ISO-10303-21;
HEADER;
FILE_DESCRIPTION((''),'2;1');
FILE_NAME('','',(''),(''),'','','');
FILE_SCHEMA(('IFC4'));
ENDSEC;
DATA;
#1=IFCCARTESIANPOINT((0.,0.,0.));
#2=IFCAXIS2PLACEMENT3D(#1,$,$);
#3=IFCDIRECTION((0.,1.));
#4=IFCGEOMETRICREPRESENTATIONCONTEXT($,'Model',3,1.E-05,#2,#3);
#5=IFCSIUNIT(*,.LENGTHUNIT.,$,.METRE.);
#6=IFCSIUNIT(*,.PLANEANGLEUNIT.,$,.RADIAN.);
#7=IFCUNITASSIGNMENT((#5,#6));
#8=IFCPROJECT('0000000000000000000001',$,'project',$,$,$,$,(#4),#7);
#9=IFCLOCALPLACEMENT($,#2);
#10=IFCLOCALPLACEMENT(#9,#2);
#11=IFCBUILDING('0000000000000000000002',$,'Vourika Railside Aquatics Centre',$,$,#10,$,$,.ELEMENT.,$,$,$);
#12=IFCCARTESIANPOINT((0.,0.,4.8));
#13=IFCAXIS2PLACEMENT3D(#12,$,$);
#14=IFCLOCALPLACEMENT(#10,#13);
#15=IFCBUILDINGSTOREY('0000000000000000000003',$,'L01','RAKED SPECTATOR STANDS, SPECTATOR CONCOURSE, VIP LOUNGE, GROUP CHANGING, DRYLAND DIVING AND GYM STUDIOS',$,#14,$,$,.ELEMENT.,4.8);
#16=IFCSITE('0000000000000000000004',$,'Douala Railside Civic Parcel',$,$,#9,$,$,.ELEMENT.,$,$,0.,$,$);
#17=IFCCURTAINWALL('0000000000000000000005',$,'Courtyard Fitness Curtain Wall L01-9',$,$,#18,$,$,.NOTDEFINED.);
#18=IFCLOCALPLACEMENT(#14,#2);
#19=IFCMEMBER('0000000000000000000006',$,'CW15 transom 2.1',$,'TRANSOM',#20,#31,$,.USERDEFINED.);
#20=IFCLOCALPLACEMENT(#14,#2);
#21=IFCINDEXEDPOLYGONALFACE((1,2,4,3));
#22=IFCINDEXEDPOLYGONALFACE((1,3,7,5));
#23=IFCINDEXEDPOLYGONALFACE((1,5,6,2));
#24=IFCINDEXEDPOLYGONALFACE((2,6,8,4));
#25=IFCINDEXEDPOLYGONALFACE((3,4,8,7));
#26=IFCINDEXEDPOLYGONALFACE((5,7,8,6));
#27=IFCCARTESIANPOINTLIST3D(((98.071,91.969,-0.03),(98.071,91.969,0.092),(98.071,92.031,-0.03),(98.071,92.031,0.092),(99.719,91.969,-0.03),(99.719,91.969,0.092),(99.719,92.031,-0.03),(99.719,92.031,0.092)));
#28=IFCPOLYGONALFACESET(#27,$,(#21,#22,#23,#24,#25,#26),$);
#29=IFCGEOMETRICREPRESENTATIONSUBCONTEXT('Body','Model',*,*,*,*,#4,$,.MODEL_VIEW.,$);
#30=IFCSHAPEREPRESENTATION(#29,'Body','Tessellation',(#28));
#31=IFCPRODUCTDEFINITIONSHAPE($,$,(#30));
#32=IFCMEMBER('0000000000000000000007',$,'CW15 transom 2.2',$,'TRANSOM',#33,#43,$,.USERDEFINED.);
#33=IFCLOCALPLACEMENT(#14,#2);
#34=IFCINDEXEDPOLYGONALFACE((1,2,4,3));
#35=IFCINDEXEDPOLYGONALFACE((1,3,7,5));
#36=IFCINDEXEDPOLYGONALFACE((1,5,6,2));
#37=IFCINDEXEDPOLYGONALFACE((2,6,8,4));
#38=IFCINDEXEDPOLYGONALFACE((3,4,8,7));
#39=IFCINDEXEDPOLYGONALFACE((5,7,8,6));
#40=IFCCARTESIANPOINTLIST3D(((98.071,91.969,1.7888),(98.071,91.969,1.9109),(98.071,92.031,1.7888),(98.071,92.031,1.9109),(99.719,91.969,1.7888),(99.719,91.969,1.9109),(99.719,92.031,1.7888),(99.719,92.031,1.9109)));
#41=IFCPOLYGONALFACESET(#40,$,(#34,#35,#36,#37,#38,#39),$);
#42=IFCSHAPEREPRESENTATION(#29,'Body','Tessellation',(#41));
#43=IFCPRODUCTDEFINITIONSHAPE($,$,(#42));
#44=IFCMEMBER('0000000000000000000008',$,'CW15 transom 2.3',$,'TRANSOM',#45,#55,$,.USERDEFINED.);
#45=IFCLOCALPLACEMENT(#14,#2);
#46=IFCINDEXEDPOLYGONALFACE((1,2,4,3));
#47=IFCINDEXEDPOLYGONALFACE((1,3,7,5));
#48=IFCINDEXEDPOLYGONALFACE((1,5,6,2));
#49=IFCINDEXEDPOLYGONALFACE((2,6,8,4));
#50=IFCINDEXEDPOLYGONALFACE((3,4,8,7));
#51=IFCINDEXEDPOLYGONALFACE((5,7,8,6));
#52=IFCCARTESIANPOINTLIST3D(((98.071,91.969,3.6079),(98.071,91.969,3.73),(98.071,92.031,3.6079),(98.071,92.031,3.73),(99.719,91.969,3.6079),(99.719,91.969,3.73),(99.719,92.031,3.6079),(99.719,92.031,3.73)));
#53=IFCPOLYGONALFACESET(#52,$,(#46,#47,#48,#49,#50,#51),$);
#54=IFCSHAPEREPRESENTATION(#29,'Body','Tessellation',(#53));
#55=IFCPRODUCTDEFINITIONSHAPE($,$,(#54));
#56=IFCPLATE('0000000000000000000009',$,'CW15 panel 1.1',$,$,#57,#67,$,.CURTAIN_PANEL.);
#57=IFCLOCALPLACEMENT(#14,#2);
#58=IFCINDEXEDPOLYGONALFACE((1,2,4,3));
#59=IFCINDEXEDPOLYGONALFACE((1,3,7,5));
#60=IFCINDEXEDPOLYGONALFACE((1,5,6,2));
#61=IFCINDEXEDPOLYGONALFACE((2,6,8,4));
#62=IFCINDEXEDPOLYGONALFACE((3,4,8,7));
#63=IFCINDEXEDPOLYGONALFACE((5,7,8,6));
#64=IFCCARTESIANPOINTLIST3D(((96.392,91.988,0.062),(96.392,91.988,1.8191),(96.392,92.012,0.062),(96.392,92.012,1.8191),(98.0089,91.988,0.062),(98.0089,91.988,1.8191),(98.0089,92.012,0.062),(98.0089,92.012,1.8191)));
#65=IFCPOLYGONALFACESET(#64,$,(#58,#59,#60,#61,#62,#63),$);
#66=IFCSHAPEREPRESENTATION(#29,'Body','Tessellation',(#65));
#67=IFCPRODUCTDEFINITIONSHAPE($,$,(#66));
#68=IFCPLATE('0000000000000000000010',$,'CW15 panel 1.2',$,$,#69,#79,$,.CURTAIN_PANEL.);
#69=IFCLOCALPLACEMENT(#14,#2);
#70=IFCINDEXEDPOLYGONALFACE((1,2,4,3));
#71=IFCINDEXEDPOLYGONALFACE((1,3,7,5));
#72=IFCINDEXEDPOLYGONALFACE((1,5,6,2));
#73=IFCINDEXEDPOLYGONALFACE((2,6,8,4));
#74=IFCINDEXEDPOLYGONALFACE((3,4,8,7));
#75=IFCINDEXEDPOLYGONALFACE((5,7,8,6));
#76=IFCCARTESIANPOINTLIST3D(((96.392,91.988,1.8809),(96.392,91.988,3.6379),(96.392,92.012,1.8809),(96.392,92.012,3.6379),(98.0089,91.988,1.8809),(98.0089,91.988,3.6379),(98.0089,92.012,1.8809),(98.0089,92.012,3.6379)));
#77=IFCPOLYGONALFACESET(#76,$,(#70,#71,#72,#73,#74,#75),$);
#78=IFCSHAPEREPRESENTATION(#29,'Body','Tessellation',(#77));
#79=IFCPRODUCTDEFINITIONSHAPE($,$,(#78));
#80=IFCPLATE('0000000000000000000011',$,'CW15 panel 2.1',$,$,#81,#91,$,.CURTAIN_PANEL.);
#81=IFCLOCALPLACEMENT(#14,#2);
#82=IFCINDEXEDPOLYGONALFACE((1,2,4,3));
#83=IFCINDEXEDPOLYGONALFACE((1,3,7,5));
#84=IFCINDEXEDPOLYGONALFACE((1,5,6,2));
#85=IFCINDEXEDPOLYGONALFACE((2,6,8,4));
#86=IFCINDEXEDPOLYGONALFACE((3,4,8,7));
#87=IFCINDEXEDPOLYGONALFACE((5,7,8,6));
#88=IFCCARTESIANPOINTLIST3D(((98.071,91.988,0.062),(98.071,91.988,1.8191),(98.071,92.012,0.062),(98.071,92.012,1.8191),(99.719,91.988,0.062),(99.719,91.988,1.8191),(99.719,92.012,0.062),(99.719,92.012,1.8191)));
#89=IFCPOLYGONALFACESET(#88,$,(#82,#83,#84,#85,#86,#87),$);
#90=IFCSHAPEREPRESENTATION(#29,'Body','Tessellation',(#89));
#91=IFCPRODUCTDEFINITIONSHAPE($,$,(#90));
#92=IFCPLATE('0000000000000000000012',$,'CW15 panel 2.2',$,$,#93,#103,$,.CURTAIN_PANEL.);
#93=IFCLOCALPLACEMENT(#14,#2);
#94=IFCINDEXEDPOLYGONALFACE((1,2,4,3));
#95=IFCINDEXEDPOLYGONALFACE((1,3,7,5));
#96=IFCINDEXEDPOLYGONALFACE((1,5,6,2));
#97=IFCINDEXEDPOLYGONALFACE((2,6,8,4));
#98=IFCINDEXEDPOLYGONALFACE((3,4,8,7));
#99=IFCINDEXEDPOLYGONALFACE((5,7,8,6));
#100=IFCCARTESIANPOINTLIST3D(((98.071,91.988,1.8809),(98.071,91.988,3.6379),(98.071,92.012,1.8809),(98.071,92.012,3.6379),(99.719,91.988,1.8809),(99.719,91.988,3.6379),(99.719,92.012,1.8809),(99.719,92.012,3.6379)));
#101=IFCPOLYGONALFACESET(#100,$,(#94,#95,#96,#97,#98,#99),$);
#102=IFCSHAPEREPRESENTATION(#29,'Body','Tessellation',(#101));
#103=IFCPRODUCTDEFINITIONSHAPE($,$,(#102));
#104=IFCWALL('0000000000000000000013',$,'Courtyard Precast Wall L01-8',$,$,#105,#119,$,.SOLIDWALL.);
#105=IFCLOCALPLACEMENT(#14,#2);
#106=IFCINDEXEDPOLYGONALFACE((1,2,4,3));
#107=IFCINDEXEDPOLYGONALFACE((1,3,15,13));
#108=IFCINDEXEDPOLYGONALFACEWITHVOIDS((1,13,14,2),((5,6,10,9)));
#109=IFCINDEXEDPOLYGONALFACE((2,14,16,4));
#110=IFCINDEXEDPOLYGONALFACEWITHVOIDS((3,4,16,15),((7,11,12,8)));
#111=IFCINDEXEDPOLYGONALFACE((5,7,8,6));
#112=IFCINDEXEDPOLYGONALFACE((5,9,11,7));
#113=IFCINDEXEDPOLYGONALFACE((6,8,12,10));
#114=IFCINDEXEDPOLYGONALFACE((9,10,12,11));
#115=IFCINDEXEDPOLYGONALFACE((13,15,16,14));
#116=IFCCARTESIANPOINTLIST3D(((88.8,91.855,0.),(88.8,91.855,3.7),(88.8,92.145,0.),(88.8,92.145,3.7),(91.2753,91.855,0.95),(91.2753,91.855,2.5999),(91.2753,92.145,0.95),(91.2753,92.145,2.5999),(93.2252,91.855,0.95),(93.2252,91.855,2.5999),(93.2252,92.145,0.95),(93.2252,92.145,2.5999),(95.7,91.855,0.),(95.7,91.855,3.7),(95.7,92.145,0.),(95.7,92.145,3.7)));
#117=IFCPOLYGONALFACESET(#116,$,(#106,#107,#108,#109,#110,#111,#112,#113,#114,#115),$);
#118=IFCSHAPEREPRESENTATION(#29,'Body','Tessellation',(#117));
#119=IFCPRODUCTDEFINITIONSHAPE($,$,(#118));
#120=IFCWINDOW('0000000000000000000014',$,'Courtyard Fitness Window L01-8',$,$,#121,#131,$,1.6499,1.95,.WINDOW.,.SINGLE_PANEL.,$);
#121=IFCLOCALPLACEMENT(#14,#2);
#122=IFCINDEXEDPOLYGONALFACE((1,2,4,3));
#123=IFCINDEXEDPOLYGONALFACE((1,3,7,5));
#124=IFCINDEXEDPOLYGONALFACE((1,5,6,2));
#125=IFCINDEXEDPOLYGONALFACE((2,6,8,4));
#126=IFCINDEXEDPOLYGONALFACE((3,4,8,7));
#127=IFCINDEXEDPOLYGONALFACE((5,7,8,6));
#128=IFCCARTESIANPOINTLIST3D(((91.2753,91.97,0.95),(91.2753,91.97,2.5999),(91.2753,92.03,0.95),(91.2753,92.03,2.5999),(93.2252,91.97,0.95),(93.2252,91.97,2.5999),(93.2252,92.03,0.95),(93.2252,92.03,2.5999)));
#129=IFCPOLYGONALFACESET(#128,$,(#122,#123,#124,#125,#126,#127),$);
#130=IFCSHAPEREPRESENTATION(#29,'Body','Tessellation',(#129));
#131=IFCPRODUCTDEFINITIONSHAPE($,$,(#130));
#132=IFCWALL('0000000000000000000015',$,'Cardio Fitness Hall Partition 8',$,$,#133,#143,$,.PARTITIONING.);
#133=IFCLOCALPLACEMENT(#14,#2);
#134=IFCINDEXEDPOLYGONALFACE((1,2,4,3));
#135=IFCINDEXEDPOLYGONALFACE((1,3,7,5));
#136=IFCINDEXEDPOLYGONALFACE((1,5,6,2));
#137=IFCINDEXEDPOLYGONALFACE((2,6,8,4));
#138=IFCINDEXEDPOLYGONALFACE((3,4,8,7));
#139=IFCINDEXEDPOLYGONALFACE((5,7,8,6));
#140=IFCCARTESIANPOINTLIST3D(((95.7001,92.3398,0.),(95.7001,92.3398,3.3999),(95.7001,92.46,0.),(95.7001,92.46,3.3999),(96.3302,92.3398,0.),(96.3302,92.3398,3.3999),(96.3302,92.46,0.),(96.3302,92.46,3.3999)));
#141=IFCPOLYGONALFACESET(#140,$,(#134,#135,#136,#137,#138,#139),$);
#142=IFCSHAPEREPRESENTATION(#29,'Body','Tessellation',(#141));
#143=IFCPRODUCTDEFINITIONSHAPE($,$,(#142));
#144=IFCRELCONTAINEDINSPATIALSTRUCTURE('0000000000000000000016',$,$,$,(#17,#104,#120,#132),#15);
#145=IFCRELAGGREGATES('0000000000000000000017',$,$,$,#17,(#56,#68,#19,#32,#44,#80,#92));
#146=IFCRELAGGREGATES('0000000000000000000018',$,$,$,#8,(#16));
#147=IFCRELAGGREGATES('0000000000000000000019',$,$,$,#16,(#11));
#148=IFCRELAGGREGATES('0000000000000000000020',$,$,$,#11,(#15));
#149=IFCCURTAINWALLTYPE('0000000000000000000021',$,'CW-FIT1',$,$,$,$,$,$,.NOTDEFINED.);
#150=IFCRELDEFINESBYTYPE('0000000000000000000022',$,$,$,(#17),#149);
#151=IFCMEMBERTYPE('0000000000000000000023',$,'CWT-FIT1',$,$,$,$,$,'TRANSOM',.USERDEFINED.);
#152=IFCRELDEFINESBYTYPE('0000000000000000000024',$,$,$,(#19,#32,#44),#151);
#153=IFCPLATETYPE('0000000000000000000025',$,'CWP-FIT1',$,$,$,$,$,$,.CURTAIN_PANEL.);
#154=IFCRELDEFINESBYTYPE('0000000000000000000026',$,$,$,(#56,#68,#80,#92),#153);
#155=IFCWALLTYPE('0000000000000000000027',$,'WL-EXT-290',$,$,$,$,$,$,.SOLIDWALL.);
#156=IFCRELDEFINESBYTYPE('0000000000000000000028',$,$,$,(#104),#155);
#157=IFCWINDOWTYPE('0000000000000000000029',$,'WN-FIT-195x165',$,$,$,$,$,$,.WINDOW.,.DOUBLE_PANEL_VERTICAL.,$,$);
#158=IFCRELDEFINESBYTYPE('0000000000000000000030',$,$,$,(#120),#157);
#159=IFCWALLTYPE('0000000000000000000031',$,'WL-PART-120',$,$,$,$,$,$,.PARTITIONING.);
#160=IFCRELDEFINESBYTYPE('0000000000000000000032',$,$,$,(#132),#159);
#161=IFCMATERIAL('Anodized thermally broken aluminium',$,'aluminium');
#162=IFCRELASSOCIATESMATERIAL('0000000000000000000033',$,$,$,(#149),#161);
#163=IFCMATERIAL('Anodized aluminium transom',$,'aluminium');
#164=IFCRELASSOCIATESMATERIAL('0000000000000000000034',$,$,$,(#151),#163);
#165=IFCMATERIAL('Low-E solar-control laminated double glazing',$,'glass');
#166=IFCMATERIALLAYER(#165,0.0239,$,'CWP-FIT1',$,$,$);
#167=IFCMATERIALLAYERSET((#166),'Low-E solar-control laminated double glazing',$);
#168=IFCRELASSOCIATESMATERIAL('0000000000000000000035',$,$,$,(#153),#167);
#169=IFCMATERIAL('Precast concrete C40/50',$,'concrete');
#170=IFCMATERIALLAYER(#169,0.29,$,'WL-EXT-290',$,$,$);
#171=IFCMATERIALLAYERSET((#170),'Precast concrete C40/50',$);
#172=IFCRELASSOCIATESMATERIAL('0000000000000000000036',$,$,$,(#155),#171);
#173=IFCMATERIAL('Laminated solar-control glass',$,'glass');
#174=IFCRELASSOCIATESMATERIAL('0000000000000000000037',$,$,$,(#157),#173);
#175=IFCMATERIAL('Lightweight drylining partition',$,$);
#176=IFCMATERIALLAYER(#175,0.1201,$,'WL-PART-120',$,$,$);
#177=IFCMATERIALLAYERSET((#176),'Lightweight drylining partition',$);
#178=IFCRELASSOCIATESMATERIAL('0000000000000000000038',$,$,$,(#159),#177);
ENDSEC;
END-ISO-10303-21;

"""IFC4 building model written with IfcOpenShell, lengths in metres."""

from ifc_helpers import new_model, si_unit, direction, frame, frame_2d, origin, origin_2d, place, context, subcontext, project, spatial, rectangle, extrude, material, layer, layer_set, material_profile, profile_set, type_object, element, fill, aggregate, save


model = new_model("IFC4")

# Units and contexts
model_context = context("Model", 3, precision=1e-05, world=origin(), true_north=direction((0.0, 1.0)))
body_context = subcontext(model_context, "Body", "Model", "MODEL_VIEW")
ifc_project = project(units=[si_unit("LENGTHUNIT", "METRE"), si_unit("PLANEANGLEUNIT", "RADIAN")], contexts=[model_context])

# Site, building, storey
site_placement = place(None, origin())
site = spatial("IfcSite", under=ifc_project, at=site_placement, Name="Douala Railside Civic Parcel", CompositionType="ELEMENT", RefElevation=0.0)
building_placement = place(site_placement, origin())
building = spatial("IfcBuilding", under=site, at=building_placement, Name="Vourika Railside Aquatics Centre", CompositionType="ELEMENT")
storey_placement = place(building_placement, frame((0.0, 0.0, 4.8)))
storey = spatial("IfcBuildingStorey", under=building, at=storey_placement, Name="L01", Description="RAKED SPECTATOR STANDS, SPECTATOR CONCOURSE, VIP LOUNGE, GROUP CHANGING, DRYLAND DIVING AND GYM STUDIOS", CompositionType="ELEMENT", Elevation=4.8)

# Curtain wall, members, plates
ifc_material_1 = material(Name="Anodized thermally broken aluminium", Category="aluminium")
curtain_wall_type = type_object("IfcCurtainWallType", Name="CW-FIT1", PredefinedType="NOTDEFINED", material=ifc_material_1)
curtain_wall_placement = place(storey_placement, origin())
curtain_wall = element("IfcCurtainWall", 1, at=curtain_wall_placement, inside=storey, type_object=curtain_wall_type, Name="Courtyard Fitness Curtain Wall L01-9", PredefinedType="NOTDEFINED")
ifc_material_2 = material(Name="Anodized aluminium transom", Category="aluminium")
ifc_material_profile_1 = material_profile(ifc_material_2, rectangle(XDim=0.062, YDim=0.1221, at=origin_2d()), Name="ALU-T 62x122")
ifc_profile_set_1 = profile_set([ifc_material_profile_1], Name="Anodized aluminium transom")
member_type_1 = type_object("IfcMemberType", Name="CWT-FIT1", ElementType="TRANSOM", PredefinedType="USERDEFINED", material=ifc_profile_set_1)
member_1_placement = place(storey_placement, frame((98.071, 92.0, 0.031), z_axis=(1.0, 0.0, 0.0), x_axis=(0.0, 1.0, 0.0)))
member_1 = element("IfcMember", 2, at=member_1_placement, type_object=member_type_1, Name="CW15 transom 2.1", ObjectType="TRANSOM", PredefinedType="USERDEFINED", context=body_context, shape_type="SweptSolid", body=[
    extrude(rectangle(XDim=0.062, YDim=0.1221, at=origin_2d()), origin(), (0.0, 0.0, 1.0), 1.6479),
])
member_2_placement = place(storey_placement, frame((98.071, 92.0, 1.8499), z_axis=(1.0, 0.0, 0.0), x_axis=(0.0, 1.0, 0.0)))
member_2 = element("IfcMember", 3, at=member_2_placement, type_object=member_type_1, Name="CW15 transom 2.2", ObjectType="TRANSOM", PredefinedType="USERDEFINED", context=body_context, shape_type="SweptSolid", body=[
    extrude(rectangle(XDim=0.062, YDim=0.1221, at=origin_2d()), origin(), (0.0, 0.0, 1.0), 1.6479),
])
member_3_placement = place(storey_placement, frame((98.071, 92.0, 3.6689), z_axis=(1.0, 0.0, 0.0), x_axis=(0.0, 1.0, 0.0)))
member_3 = element("IfcMember", 4, at=member_3_placement, type_object=member_type_1, Name="CW15 transom 2.3", ObjectType="TRANSOM", PredefinedType="USERDEFINED", context=body_context, shape_type="SweptSolid", body=[
    extrude(rectangle(XDim=0.062, YDim=0.1221, at=origin_2d()), origin(), (0.0, 0.0, 1.0), 1.6479),
])
ifc_material_3 = material(Name="Low-E solar-control laminated double glazing", Category="glass")
ifc_layer_1 = layer(ifc_material_3, 0.0239, Name="CWP-FIT1")
ifc_layer_set_1 = layer_set([ifc_layer_1], Name="Low-E solar-control laminated double glazing")
plate_type = type_object("IfcPlateType", Name="CWP-FIT1", PredefinedType="CURTAIN_PANEL", material=ifc_layer_set_1)
plate_1_placement = place(storey_placement, frame((97.2004, 92.0, 0.062), z_axis=(0.0, 0.0, 1.0), x_axis=(1.0, 0.0, 0.0)))
plate_1 = element("IfcPlate", 5, at=plate_1_placement, type_object=plate_type, Name="CW15 panel 1.1", PredefinedType="CURTAIN_PANEL", context=body_context, shape_type="SweptSolid", body=[
    extrude(rectangle(XDim=1.6169, YDim=0.0239, at=origin_2d()), origin(), (0.0, 0.0, 1.0), 1.7571),
])
plate_2_placement = place(storey_placement, frame((97.2004, 92.0, 1.8809), z_axis=(0.0, 0.0, 1.0), x_axis=(1.0, 0.0, 0.0)))
plate_2 = element("IfcPlate", 6, at=plate_2_placement, type_object=plate_type, Name="CW15 panel 1.2", PredefinedType="CURTAIN_PANEL", context=body_context, shape_type="SweptSolid", body=[
    extrude(rectangle(XDim=1.6169, YDim=0.0239, at=origin_2d()), origin(), (0.0, 0.0, 1.0), 1.7571),
])
plate_3_placement = place(storey_placement, frame((98.895, 92.0, 0.062), z_axis=(0.0, 0.0, 1.0), x_axis=(1.0, 0.0, 0.0)))
plate_3 = element("IfcPlate", 7, at=plate_3_placement, type_object=plate_type, Name="CW15 panel 2.1", PredefinedType="CURTAIN_PANEL", context=body_context, shape_type="SweptSolid", body=[
    extrude(rectangle(XDim=1.6479, YDim=0.0239, at=origin_2d()), origin(), (0.0, 0.0, 1.0), 1.7571),
])
plate_4_placement = place(storey_placement, frame((98.895, 92.0, 1.8809), z_axis=(0.0, 0.0, 1.0), x_axis=(1.0, 0.0, 0.0)))
plate_4 = element("IfcPlate", 8, at=plate_4_placement, type_object=plate_type, Name="CW15 panel 2.2", PredefinedType="CURTAIN_PANEL", context=body_context, shape_type="SweptSolid", body=[
    extrude(rectangle(XDim=1.6479, YDim=0.0239, at=origin_2d()), origin(), (0.0, 0.0, 1.0), 1.7571),
])
aggregate(curtain_wall, [plate_1, plate_2, member_1, member_2, member_3, plate_3, plate_4])

# Wall, opening, window
ifc_material_4 = material(Name="Precast concrete C40/50", Category="concrete")
ifc_layer_2 = layer(ifc_material_4, 0.29, Name="WL-EXT-290")
ifc_layer_set_2 = layer_set([ifc_layer_2], Name="Precast concrete C40/50")
wall_type_1 = type_object("IfcWallType", Name="WL-EXT-290", PredefinedType="SOLIDWALL", material=ifc_layer_set_2)
wall_placement = place(storey_placement, frame((88.8, 92.0, 0.0), z_axis=(0.0, 0.0, 1.0), x_axis=(1.0, 0.0, 0.0)))
wall = element("IfcWall", 9, at=wall_placement, inside=storey, type_object=wall_type_1, Name="Courtyard Precast Wall L01-8", PredefinedType="SOLIDWALL", context=body_context, shape_type="SweptSolid", body=[
    extrude(rectangle(XDim=6.8999, YDim=0.29, at=frame_2d((3.45, 0.0))), origin(), (0.0, 0.0, 1.0), 3.7),
])
opening_placement = place(wall_placement, frame((2.4751, 0.0, 0.95)))
opening = element("IfcOpeningElement", 10, at=opening_placement, cuts=wall, PredefinedType="OPENING", context=body_context, shape_type="SweptSolid", body=[
    extrude(rectangle(XDim=1.95, YDim=1.6499, at=frame_2d((0.9751, 0.825))), frame((0.0, 0.155, 0.0), z_axis=(0.0, -1.0, 0.0), x_axis=(1.0, 0.0, 0.0)), (0.0, 0.0, 1.0), 0.3101),
])
ifc_material_5 = material(Name="Laminated solar-control glass", Category="glass")
window_type = type_object("IfcWindowType", Name="WN-FIT-195x165", PartitioningType="DOUBLE_PANEL_VERTICAL", PredefinedType="WINDOW", material=ifc_material_5)
window_placement = place(opening_placement, origin())
window = element("IfcWindow", 11, at=window_placement, inside=storey, type_object=window_type, Name="Courtyard Fitness Window L01-8", OverallHeight=1.6499, OverallWidth=1.95, PartitioningType="SINGLE_PANEL", PredefinedType="WINDOW", context=body_context, shape_type="SweptSolid", body=[
    extrude(rectangle(XDim=1.95, YDim=1.6499, at=frame_2d((0.9751, 0.825))), frame((0.0, 0.03, 0.0), z_axis=(0.0, -1.0, 0.0), x_axis=(1.0, 0.0, 0.0)), (0.0, 0.0, 1.0), 0.0601),
])
fill(opening, window)

# Wall
ifc_material_6 = material(Name="Lightweight drylining partition")
ifc_layer_3 = layer(ifc_material_6, 0.1201, Name="WL-PART-120")
ifc_layer_set_3 = layer_set([ifc_layer_3], Name="Lightweight drylining partition")
wall_type_2 = type_object("IfcWallType", Name="WL-PART-120", PredefinedType="PARTITIONING", material=ifc_layer_set_3)
for number, where, z_axis, x_axis, name in (
    (12, (96.3301, 92.3999, 0.0), (0.0, 0.0, 1.0), (-1.0, 0.0, 0.0), "Cardio Fitness Hall Partition 8"),
):
    element("IfcWall", number, at=place(storey_placement, frame(where, z_axis=z_axis, x_axis=x_axis)), inside=storey, type_object=wall_type_2, Name=name, PredefinedType="PARTITIONING", context=body_context, shape_type="SweptSolid", body=[
        extrude(rectangle(XDim=0.6301, YDim=0.1201, at=frame_2d((0.3149, 0.0))), origin(), (0.0, 0.0, 1.0), 3.3999),
    ])

save(model, "model.ifc")
